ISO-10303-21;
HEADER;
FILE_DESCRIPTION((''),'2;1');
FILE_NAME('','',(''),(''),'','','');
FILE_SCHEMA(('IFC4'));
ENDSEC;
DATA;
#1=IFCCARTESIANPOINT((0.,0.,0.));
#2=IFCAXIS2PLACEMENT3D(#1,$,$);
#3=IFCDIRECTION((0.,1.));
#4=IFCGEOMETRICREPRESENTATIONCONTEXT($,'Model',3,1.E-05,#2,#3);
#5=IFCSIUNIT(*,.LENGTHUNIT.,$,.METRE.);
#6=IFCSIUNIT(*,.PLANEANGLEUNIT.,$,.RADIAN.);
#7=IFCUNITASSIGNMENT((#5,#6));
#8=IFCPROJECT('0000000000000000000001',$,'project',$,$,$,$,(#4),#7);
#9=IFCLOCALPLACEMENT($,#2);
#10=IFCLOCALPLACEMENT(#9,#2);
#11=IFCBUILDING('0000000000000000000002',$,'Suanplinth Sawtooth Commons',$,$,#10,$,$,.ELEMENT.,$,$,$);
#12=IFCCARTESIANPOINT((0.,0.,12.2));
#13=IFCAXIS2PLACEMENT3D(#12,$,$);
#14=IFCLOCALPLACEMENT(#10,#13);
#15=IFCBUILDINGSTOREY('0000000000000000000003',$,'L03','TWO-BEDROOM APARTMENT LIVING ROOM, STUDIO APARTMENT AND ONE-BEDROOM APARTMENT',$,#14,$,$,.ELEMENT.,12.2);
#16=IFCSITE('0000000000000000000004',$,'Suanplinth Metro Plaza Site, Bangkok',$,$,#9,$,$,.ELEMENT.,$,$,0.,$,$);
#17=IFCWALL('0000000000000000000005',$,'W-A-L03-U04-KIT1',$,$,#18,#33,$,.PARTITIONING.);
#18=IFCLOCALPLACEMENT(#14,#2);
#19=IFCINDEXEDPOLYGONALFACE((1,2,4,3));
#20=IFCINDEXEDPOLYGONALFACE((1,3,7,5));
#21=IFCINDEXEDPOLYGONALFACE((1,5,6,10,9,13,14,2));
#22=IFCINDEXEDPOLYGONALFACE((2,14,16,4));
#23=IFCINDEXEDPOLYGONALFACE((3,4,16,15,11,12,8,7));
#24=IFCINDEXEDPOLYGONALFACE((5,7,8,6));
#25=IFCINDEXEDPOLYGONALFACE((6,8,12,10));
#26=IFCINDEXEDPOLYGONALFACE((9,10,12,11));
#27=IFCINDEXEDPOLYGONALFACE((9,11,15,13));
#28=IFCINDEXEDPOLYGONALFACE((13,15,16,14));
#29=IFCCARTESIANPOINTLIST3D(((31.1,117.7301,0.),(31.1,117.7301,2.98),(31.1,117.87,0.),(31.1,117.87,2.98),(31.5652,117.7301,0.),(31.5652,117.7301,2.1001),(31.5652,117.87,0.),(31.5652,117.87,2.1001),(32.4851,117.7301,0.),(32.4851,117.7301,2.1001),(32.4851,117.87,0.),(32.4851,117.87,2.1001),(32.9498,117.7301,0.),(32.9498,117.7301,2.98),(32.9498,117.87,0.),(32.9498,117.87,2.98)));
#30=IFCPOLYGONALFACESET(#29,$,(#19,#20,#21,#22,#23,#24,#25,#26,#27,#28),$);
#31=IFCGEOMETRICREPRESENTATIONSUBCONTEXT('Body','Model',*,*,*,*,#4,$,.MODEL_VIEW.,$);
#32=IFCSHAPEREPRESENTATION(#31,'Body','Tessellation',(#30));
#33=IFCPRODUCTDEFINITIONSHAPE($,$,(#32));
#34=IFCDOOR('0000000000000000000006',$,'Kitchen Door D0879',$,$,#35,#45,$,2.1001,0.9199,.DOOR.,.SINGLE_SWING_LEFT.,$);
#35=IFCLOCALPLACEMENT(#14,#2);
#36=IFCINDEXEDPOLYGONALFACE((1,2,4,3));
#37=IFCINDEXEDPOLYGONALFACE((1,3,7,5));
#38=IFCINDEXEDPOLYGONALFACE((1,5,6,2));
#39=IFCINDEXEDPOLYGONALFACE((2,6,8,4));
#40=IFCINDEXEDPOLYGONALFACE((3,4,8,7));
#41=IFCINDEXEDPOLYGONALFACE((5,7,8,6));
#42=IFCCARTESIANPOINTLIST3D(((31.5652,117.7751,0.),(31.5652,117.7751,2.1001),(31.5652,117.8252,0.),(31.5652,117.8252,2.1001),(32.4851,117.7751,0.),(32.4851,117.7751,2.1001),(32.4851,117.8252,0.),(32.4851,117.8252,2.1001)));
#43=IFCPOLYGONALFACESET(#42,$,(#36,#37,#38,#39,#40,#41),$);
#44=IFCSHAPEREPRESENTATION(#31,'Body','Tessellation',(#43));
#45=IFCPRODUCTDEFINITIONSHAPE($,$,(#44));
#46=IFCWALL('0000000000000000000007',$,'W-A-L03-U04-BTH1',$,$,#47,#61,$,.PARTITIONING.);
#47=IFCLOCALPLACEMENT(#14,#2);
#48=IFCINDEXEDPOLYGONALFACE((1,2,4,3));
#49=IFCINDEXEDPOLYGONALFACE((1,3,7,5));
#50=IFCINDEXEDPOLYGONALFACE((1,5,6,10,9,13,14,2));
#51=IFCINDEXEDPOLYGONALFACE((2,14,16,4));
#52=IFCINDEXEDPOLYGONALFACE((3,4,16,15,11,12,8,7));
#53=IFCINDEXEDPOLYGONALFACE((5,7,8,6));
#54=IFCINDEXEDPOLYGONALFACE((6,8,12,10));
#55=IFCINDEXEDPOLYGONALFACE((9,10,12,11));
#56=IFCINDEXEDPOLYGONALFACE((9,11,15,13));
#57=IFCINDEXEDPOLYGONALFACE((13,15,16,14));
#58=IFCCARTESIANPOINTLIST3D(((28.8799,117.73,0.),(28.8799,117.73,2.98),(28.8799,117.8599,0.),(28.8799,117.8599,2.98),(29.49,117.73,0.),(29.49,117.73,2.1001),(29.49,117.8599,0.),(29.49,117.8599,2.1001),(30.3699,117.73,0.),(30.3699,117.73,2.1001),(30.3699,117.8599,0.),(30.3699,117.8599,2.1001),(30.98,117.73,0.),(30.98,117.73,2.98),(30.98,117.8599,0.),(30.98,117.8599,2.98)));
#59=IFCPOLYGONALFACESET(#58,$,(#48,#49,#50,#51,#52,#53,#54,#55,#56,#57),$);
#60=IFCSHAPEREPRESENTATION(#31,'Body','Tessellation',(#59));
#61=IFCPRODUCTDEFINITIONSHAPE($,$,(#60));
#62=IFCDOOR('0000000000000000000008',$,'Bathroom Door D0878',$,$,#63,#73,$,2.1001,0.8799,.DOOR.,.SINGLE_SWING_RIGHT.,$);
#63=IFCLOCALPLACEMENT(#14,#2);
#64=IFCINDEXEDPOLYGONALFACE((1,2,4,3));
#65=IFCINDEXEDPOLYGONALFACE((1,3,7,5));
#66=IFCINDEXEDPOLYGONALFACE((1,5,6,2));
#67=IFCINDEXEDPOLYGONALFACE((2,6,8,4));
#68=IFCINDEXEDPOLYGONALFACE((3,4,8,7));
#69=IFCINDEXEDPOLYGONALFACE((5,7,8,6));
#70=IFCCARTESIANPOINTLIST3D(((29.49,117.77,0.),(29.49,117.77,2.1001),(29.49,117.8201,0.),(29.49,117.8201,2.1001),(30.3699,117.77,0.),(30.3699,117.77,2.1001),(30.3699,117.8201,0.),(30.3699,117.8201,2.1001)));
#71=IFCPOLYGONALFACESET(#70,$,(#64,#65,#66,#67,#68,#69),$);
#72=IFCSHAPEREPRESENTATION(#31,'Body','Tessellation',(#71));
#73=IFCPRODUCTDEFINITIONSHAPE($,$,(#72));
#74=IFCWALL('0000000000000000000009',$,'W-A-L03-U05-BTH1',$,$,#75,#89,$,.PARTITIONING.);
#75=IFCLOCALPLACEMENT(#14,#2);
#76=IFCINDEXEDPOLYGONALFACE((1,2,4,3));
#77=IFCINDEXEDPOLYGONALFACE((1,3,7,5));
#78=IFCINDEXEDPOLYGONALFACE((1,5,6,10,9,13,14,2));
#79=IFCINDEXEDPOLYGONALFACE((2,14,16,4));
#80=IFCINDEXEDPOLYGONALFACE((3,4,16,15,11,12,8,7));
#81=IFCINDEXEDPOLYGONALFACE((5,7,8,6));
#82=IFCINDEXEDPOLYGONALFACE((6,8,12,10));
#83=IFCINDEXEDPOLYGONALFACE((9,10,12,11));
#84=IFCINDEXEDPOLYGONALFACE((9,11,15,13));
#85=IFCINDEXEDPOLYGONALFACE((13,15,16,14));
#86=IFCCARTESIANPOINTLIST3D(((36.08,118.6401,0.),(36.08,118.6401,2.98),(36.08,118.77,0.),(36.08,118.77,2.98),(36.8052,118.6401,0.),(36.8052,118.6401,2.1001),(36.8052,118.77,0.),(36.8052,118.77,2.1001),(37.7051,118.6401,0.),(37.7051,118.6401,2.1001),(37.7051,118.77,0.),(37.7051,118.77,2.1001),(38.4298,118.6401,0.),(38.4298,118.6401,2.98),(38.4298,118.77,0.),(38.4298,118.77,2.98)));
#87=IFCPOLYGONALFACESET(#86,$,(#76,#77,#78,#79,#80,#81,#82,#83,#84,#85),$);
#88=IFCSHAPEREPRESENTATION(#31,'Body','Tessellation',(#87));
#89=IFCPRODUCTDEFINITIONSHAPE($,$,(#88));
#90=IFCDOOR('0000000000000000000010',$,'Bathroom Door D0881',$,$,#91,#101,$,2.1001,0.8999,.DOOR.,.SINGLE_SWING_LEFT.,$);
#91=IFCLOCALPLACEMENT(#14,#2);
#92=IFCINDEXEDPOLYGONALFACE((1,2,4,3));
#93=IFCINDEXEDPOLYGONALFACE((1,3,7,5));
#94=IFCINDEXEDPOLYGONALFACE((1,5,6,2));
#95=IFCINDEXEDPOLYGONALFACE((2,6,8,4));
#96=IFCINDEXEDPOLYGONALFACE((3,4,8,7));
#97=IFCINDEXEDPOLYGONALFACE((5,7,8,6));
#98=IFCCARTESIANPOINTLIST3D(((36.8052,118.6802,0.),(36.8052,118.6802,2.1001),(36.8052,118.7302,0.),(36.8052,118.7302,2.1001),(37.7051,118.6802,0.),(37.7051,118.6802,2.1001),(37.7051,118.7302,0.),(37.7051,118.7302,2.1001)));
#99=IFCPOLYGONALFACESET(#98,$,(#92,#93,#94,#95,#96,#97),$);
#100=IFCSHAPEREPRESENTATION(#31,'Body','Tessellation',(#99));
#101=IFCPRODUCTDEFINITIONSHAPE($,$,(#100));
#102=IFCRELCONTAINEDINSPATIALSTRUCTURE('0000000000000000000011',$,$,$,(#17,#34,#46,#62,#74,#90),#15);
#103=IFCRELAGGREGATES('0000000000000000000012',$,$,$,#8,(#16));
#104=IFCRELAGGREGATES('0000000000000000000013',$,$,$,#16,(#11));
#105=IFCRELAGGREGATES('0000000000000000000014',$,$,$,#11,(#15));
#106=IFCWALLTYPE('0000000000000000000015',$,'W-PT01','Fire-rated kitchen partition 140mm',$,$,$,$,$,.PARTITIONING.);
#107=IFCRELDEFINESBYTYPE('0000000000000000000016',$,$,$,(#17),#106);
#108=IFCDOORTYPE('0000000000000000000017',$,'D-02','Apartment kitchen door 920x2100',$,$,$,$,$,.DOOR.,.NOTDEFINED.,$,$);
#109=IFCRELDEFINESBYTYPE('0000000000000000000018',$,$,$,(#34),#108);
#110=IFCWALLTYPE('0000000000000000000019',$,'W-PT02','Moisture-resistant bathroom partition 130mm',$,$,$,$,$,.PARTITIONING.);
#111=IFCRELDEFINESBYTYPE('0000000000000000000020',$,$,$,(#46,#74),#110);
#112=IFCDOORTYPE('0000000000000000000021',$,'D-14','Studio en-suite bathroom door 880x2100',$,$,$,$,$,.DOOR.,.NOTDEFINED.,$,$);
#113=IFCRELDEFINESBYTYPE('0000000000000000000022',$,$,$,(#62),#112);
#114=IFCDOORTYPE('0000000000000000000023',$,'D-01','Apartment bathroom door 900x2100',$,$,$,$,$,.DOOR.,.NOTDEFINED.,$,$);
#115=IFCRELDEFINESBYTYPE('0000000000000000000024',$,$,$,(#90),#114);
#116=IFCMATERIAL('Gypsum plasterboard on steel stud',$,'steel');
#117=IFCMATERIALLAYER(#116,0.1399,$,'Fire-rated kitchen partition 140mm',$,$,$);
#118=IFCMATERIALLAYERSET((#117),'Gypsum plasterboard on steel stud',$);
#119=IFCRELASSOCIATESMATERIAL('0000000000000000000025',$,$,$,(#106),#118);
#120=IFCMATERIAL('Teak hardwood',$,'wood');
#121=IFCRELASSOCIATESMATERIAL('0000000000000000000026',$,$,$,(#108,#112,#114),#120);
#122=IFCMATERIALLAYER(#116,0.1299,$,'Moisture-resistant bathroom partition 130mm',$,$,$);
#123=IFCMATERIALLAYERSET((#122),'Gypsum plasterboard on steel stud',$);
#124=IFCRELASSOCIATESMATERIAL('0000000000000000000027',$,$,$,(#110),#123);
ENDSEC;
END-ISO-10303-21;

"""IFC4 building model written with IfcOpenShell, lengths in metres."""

from ifc_helpers import new_model, si_unit, direction, frame, frame_2d, origin, place, context, subcontext, project, spatial, rectangle, extrude, material, layer, layer_set, type_object, element, fill, save


model = new_model("IFC4")

# Units and contexts
model_context = context("Model", 3, precision=1e-05, world=origin(), true_north=direction((0.0, 1.0)))
body_context = subcontext(model_context, "Body", "Model", "MODEL_VIEW")
ifc_project = project(units=[si_unit("LENGTHUNIT", "METRE"), si_unit("PLANEANGLEUNIT", "RADIAN")], contexts=[model_context])

# Site, building, storey
site_placement = place(None, origin())
site = spatial("IfcSite", under=ifc_project, at=site_placement, Name="Suanplinth Metro Plaza Site, Bangkok", CompositionType="ELEMENT", RefElevation=0.0)
building_placement = place(site_placement, origin())
building = spatial("IfcBuilding", under=site, at=building_placement, Name="Suanplinth Sawtooth Commons", CompositionType="ELEMENT")
storey_placement = place(building_placement, frame((0.0, 0.0, 12.2)))
storey = spatial("IfcBuildingStorey", under=building, at=storey_placement, Name="L03", Description="TWO-BEDROOM APARTMENT LIVING ROOM, STUDIO APARTMENT AND ONE-BEDROOM APARTMENT", CompositionType="ELEMENT", Elevation=12.2)

# Walls, openings, doors
ifc_material_1 = material(Name="Gypsum plasterboard on steel stud", Category="steel")
ifc_layer_1 = layer(ifc_material_1, 0.1399, Name="Fire-rated kitchen partition 140mm")
ifc_layer_set_1 = layer_set([ifc_layer_1], Name="Gypsum plasterboard on steel stud")
wall_type_1 = type_object("IfcWallType", Name="W-PT01", Description="Fire-rated kitchen partition 140mm", PredefinedType="PARTITIONING", material=ifc_layer_set_1)
wall_1_placement = place(storey_placement, frame((31.1001, 117.8, 0.0), z_axis=(0.0, 0.0, 1.0), x_axis=(1.0, 0.0, 0.0)))
wall_1 = element("IfcWall", 1, at=wall_1_placement, inside=storey, type_object=wall_type_1, Name="W-A-L03-U04-KIT1", PredefinedType="PARTITIONING", context=body_context, shape_type="SweptSolid", body=[
    extrude(rectangle(XDim=1.8499, YDim=0.1399, at=frame_2d((0.9248, 0.0))), origin(), (0.0, 0.0, 1.0), 2.98),
])
opening_1_placement = place(wall_1_placement, frame((0.4651, 0.0, 0.0)))
opening_1 = element("IfcOpeningElement", 2, at=opening_1_placement, cuts=wall_1, PredefinedType="OPENING", context=body_context, shape_type="SweptSolid", body=[
    extrude(rectangle(XDim=0.9199, YDim=2.1001, at=frame_2d((0.46, 1.05))), frame((0.0, 0.085, 0.0), z_axis=(0.0, -1.0, 0.0), x_axis=(1.0, 0.0, 0.0)), (0.0, 0.0, 1.0), 0.1697),
])
ifc_material_2 = material(Name="Teak hardwood", Category="wood")
door_type_1 = type_object("IfcDoorType", Name="D-02", Description="Apartment kitchen door 920x2100", OperationType="NOTDEFINED", PredefinedType="DOOR", material=ifc_material_2)
door_1_placement = place(opening_1_placement, frame((0.9199, 0.0, 0.0), z_axis=(0.0, 0.0, 1.0), x_axis=(-1.0, 0.0, 0.0)))
door_1 = element("IfcDoor", 3, at=door_1_placement, inside=storey, type_object=door_type_1, Name="Kitchen Door D0879", OperationType="SINGLE_SWING_LEFT", OverallHeight=2.1001, OverallWidth=0.9199, PredefinedType="DOOR", context=body_context, shape_type="SweptSolid", body=[
    extrude(rectangle(XDim=0.9199, YDim=2.1001, at=frame_2d((0.46, 1.05))), frame((0.0, 0.0249, 0.0), z_axis=(0.0, -1.0, 0.0), x_axis=(1.0, 0.0, 0.0)), (0.0, 0.0, 1.0), 0.05),
])
fill(opening_1, door_1)
ifc_layer_2 = layer(ifc_material_1, 0.1299, Name="Moisture-resistant bathroom partition 130mm")
ifc_layer_set_2 = layer_set([ifc_layer_2], Name="Gypsum plasterboard on steel stud")
wall_type_2 = type_object("IfcWallType", Name="W-PT02", Description="Moisture-resistant bathroom partition 130mm", PredefinedType="PARTITIONING", material=ifc_layer_set_2)
wall_2_placement = place(storey_placement, frame((28.8799, 117.7949, 0.0), z_axis=(0.0, 0.0, 1.0), x_axis=(1.0, 0.0, 0.0)))
wall_2 = element("IfcWall", 4, at=wall_2_placement, inside=storey, type_object=wall_type_2, Name="W-A-L03-U04-BTH1", PredefinedType="PARTITIONING", context=body_context, shape_type="SweptSolid", body=[
    extrude(rectangle(XDim=2.1001, YDim=0.1299, at=frame_2d((1.05, 0.0))), origin(), (0.0, 0.0, 1.0), 2.98),
])
opening_2_placement = place(wall_2_placement, frame((0.6101, 0.0, 0.0)))
opening_2 = element("IfcOpeningElement", 5, at=opening_2_placement, cuts=wall_2, PredefinedType="OPENING", context=body_context, shape_type="SweptSolid", body=[
    extrude(rectangle(XDim=0.8799, YDim=2.1001, at=frame_2d((0.4399, 1.05))), frame((0.0, 0.0798, 0.0), z_axis=(0.0, -1.0, 0.0), x_axis=(1.0, 0.0, 0.0)), (0.0, 0.0, 1.0), 0.1597),
])
door_type_2 = type_object("IfcDoorType", Name="D-14", Description="Studio en-suite bathroom door 880x2100", OperationType="NOTDEFINED", PredefinedType="DOOR", material=ifc_material_2)
door_2_placement = place(opening_2_placement, frame((0.8799, 0.0, 0.0), z_axis=(0.0, 0.0, 1.0), x_axis=(-1.0, 0.0, 0.0)))
door_2 = element("IfcDoor", 6, at=door_2_placement, inside=storey, type_object=door_type_2, Name="Bathroom Door D0878", OperationType="SINGLE_SWING_RIGHT", OverallHeight=2.1001, OverallWidth=0.8799, PredefinedType="DOOR", context=body_context, shape_type="SweptSolid", body=[
    extrude(rectangle(XDim=0.8799, YDim=2.1001, at=frame_2d((0.4399, 1.05))), frame((0.0, 0.0249, 0.0), z_axis=(0.0, -1.0, 0.0), x_axis=(1.0, 0.0, 0.0)), (0.0, 0.0, 1.0), 0.05),
])
fill(opening_2, door_2)
wall_3_placement = place(storey_placement, frame((36.0801, 118.7051, 0.0), z_axis=(0.0, 0.0, 1.0), x_axis=(1.0, 0.0, 0.0)))
wall_3 = element("IfcWall", 7, at=wall_3_placement, inside=storey, type_object=wall_type_2, Name="W-A-L03-U05-BTH1", PredefinedType="PARTITIONING", context=body_context, shape_type="SweptSolid", body=[
    extrude(rectangle(XDim=2.3499, YDim=0.1299, at=frame_2d((1.1748, 0.0))), origin(), (0.0, 0.0, 1.0), 2.98),
])
opening_3_placement = place(wall_3_placement, frame((0.7251, 0.0, 0.0)))
opening_3 = element("IfcOpeningElement", 8, at=opening_3_placement, cuts=wall_3, PredefinedType="OPENING", context=body_context, shape_type="SweptSolid", body=[
    extrude(rectangle(XDim=0.8999, YDim=2.1001, at=frame_2d((0.45, 1.05))), frame((0.0, 0.0798, 0.0), z_axis=(0.0, -1.0, 0.0), x_axis=(1.0, 0.0, 0.0)), (0.0, 0.0, 1.0), 0.1597),
])
door_type_3 = type_object("IfcDoorType", Name="D-01", Description="Apartment bathroom door 900x2100", OperationType="NOTDEFINED", PredefinedType="DOOR", material=ifc_material_2)
door_3_placement = place(opening_3_placement, frame((0.8999, 0.0, 0.0), z_axis=(0.0, 0.0, 1.0), x_axis=(-1.0, 0.0, 0.0)))
door_3 = element("IfcDoor", 9, at=door_3_placement, inside=storey, type_object=door_type_3, Name="Bathroom Door D0881", OperationType="SINGLE_SWING_LEFT", OverallHeight=2.1001, OverallWidth=0.8999, PredefinedType="DOOR", context=body_context, shape_type="SweptSolid", body=[
    extrude(rectangle(XDim=0.8999, YDim=2.1001, at=frame_2d((0.45, 1.05))), frame((0.0, 0.0249, 0.0), z_axis=(0.0, -1.0, 0.0), x_axis=(1.0, 0.0, 0.0)), (0.0, 0.0, 1.0), 0.05),
])
fill(opening_3, door_3)

save(model, "model.ifc")
